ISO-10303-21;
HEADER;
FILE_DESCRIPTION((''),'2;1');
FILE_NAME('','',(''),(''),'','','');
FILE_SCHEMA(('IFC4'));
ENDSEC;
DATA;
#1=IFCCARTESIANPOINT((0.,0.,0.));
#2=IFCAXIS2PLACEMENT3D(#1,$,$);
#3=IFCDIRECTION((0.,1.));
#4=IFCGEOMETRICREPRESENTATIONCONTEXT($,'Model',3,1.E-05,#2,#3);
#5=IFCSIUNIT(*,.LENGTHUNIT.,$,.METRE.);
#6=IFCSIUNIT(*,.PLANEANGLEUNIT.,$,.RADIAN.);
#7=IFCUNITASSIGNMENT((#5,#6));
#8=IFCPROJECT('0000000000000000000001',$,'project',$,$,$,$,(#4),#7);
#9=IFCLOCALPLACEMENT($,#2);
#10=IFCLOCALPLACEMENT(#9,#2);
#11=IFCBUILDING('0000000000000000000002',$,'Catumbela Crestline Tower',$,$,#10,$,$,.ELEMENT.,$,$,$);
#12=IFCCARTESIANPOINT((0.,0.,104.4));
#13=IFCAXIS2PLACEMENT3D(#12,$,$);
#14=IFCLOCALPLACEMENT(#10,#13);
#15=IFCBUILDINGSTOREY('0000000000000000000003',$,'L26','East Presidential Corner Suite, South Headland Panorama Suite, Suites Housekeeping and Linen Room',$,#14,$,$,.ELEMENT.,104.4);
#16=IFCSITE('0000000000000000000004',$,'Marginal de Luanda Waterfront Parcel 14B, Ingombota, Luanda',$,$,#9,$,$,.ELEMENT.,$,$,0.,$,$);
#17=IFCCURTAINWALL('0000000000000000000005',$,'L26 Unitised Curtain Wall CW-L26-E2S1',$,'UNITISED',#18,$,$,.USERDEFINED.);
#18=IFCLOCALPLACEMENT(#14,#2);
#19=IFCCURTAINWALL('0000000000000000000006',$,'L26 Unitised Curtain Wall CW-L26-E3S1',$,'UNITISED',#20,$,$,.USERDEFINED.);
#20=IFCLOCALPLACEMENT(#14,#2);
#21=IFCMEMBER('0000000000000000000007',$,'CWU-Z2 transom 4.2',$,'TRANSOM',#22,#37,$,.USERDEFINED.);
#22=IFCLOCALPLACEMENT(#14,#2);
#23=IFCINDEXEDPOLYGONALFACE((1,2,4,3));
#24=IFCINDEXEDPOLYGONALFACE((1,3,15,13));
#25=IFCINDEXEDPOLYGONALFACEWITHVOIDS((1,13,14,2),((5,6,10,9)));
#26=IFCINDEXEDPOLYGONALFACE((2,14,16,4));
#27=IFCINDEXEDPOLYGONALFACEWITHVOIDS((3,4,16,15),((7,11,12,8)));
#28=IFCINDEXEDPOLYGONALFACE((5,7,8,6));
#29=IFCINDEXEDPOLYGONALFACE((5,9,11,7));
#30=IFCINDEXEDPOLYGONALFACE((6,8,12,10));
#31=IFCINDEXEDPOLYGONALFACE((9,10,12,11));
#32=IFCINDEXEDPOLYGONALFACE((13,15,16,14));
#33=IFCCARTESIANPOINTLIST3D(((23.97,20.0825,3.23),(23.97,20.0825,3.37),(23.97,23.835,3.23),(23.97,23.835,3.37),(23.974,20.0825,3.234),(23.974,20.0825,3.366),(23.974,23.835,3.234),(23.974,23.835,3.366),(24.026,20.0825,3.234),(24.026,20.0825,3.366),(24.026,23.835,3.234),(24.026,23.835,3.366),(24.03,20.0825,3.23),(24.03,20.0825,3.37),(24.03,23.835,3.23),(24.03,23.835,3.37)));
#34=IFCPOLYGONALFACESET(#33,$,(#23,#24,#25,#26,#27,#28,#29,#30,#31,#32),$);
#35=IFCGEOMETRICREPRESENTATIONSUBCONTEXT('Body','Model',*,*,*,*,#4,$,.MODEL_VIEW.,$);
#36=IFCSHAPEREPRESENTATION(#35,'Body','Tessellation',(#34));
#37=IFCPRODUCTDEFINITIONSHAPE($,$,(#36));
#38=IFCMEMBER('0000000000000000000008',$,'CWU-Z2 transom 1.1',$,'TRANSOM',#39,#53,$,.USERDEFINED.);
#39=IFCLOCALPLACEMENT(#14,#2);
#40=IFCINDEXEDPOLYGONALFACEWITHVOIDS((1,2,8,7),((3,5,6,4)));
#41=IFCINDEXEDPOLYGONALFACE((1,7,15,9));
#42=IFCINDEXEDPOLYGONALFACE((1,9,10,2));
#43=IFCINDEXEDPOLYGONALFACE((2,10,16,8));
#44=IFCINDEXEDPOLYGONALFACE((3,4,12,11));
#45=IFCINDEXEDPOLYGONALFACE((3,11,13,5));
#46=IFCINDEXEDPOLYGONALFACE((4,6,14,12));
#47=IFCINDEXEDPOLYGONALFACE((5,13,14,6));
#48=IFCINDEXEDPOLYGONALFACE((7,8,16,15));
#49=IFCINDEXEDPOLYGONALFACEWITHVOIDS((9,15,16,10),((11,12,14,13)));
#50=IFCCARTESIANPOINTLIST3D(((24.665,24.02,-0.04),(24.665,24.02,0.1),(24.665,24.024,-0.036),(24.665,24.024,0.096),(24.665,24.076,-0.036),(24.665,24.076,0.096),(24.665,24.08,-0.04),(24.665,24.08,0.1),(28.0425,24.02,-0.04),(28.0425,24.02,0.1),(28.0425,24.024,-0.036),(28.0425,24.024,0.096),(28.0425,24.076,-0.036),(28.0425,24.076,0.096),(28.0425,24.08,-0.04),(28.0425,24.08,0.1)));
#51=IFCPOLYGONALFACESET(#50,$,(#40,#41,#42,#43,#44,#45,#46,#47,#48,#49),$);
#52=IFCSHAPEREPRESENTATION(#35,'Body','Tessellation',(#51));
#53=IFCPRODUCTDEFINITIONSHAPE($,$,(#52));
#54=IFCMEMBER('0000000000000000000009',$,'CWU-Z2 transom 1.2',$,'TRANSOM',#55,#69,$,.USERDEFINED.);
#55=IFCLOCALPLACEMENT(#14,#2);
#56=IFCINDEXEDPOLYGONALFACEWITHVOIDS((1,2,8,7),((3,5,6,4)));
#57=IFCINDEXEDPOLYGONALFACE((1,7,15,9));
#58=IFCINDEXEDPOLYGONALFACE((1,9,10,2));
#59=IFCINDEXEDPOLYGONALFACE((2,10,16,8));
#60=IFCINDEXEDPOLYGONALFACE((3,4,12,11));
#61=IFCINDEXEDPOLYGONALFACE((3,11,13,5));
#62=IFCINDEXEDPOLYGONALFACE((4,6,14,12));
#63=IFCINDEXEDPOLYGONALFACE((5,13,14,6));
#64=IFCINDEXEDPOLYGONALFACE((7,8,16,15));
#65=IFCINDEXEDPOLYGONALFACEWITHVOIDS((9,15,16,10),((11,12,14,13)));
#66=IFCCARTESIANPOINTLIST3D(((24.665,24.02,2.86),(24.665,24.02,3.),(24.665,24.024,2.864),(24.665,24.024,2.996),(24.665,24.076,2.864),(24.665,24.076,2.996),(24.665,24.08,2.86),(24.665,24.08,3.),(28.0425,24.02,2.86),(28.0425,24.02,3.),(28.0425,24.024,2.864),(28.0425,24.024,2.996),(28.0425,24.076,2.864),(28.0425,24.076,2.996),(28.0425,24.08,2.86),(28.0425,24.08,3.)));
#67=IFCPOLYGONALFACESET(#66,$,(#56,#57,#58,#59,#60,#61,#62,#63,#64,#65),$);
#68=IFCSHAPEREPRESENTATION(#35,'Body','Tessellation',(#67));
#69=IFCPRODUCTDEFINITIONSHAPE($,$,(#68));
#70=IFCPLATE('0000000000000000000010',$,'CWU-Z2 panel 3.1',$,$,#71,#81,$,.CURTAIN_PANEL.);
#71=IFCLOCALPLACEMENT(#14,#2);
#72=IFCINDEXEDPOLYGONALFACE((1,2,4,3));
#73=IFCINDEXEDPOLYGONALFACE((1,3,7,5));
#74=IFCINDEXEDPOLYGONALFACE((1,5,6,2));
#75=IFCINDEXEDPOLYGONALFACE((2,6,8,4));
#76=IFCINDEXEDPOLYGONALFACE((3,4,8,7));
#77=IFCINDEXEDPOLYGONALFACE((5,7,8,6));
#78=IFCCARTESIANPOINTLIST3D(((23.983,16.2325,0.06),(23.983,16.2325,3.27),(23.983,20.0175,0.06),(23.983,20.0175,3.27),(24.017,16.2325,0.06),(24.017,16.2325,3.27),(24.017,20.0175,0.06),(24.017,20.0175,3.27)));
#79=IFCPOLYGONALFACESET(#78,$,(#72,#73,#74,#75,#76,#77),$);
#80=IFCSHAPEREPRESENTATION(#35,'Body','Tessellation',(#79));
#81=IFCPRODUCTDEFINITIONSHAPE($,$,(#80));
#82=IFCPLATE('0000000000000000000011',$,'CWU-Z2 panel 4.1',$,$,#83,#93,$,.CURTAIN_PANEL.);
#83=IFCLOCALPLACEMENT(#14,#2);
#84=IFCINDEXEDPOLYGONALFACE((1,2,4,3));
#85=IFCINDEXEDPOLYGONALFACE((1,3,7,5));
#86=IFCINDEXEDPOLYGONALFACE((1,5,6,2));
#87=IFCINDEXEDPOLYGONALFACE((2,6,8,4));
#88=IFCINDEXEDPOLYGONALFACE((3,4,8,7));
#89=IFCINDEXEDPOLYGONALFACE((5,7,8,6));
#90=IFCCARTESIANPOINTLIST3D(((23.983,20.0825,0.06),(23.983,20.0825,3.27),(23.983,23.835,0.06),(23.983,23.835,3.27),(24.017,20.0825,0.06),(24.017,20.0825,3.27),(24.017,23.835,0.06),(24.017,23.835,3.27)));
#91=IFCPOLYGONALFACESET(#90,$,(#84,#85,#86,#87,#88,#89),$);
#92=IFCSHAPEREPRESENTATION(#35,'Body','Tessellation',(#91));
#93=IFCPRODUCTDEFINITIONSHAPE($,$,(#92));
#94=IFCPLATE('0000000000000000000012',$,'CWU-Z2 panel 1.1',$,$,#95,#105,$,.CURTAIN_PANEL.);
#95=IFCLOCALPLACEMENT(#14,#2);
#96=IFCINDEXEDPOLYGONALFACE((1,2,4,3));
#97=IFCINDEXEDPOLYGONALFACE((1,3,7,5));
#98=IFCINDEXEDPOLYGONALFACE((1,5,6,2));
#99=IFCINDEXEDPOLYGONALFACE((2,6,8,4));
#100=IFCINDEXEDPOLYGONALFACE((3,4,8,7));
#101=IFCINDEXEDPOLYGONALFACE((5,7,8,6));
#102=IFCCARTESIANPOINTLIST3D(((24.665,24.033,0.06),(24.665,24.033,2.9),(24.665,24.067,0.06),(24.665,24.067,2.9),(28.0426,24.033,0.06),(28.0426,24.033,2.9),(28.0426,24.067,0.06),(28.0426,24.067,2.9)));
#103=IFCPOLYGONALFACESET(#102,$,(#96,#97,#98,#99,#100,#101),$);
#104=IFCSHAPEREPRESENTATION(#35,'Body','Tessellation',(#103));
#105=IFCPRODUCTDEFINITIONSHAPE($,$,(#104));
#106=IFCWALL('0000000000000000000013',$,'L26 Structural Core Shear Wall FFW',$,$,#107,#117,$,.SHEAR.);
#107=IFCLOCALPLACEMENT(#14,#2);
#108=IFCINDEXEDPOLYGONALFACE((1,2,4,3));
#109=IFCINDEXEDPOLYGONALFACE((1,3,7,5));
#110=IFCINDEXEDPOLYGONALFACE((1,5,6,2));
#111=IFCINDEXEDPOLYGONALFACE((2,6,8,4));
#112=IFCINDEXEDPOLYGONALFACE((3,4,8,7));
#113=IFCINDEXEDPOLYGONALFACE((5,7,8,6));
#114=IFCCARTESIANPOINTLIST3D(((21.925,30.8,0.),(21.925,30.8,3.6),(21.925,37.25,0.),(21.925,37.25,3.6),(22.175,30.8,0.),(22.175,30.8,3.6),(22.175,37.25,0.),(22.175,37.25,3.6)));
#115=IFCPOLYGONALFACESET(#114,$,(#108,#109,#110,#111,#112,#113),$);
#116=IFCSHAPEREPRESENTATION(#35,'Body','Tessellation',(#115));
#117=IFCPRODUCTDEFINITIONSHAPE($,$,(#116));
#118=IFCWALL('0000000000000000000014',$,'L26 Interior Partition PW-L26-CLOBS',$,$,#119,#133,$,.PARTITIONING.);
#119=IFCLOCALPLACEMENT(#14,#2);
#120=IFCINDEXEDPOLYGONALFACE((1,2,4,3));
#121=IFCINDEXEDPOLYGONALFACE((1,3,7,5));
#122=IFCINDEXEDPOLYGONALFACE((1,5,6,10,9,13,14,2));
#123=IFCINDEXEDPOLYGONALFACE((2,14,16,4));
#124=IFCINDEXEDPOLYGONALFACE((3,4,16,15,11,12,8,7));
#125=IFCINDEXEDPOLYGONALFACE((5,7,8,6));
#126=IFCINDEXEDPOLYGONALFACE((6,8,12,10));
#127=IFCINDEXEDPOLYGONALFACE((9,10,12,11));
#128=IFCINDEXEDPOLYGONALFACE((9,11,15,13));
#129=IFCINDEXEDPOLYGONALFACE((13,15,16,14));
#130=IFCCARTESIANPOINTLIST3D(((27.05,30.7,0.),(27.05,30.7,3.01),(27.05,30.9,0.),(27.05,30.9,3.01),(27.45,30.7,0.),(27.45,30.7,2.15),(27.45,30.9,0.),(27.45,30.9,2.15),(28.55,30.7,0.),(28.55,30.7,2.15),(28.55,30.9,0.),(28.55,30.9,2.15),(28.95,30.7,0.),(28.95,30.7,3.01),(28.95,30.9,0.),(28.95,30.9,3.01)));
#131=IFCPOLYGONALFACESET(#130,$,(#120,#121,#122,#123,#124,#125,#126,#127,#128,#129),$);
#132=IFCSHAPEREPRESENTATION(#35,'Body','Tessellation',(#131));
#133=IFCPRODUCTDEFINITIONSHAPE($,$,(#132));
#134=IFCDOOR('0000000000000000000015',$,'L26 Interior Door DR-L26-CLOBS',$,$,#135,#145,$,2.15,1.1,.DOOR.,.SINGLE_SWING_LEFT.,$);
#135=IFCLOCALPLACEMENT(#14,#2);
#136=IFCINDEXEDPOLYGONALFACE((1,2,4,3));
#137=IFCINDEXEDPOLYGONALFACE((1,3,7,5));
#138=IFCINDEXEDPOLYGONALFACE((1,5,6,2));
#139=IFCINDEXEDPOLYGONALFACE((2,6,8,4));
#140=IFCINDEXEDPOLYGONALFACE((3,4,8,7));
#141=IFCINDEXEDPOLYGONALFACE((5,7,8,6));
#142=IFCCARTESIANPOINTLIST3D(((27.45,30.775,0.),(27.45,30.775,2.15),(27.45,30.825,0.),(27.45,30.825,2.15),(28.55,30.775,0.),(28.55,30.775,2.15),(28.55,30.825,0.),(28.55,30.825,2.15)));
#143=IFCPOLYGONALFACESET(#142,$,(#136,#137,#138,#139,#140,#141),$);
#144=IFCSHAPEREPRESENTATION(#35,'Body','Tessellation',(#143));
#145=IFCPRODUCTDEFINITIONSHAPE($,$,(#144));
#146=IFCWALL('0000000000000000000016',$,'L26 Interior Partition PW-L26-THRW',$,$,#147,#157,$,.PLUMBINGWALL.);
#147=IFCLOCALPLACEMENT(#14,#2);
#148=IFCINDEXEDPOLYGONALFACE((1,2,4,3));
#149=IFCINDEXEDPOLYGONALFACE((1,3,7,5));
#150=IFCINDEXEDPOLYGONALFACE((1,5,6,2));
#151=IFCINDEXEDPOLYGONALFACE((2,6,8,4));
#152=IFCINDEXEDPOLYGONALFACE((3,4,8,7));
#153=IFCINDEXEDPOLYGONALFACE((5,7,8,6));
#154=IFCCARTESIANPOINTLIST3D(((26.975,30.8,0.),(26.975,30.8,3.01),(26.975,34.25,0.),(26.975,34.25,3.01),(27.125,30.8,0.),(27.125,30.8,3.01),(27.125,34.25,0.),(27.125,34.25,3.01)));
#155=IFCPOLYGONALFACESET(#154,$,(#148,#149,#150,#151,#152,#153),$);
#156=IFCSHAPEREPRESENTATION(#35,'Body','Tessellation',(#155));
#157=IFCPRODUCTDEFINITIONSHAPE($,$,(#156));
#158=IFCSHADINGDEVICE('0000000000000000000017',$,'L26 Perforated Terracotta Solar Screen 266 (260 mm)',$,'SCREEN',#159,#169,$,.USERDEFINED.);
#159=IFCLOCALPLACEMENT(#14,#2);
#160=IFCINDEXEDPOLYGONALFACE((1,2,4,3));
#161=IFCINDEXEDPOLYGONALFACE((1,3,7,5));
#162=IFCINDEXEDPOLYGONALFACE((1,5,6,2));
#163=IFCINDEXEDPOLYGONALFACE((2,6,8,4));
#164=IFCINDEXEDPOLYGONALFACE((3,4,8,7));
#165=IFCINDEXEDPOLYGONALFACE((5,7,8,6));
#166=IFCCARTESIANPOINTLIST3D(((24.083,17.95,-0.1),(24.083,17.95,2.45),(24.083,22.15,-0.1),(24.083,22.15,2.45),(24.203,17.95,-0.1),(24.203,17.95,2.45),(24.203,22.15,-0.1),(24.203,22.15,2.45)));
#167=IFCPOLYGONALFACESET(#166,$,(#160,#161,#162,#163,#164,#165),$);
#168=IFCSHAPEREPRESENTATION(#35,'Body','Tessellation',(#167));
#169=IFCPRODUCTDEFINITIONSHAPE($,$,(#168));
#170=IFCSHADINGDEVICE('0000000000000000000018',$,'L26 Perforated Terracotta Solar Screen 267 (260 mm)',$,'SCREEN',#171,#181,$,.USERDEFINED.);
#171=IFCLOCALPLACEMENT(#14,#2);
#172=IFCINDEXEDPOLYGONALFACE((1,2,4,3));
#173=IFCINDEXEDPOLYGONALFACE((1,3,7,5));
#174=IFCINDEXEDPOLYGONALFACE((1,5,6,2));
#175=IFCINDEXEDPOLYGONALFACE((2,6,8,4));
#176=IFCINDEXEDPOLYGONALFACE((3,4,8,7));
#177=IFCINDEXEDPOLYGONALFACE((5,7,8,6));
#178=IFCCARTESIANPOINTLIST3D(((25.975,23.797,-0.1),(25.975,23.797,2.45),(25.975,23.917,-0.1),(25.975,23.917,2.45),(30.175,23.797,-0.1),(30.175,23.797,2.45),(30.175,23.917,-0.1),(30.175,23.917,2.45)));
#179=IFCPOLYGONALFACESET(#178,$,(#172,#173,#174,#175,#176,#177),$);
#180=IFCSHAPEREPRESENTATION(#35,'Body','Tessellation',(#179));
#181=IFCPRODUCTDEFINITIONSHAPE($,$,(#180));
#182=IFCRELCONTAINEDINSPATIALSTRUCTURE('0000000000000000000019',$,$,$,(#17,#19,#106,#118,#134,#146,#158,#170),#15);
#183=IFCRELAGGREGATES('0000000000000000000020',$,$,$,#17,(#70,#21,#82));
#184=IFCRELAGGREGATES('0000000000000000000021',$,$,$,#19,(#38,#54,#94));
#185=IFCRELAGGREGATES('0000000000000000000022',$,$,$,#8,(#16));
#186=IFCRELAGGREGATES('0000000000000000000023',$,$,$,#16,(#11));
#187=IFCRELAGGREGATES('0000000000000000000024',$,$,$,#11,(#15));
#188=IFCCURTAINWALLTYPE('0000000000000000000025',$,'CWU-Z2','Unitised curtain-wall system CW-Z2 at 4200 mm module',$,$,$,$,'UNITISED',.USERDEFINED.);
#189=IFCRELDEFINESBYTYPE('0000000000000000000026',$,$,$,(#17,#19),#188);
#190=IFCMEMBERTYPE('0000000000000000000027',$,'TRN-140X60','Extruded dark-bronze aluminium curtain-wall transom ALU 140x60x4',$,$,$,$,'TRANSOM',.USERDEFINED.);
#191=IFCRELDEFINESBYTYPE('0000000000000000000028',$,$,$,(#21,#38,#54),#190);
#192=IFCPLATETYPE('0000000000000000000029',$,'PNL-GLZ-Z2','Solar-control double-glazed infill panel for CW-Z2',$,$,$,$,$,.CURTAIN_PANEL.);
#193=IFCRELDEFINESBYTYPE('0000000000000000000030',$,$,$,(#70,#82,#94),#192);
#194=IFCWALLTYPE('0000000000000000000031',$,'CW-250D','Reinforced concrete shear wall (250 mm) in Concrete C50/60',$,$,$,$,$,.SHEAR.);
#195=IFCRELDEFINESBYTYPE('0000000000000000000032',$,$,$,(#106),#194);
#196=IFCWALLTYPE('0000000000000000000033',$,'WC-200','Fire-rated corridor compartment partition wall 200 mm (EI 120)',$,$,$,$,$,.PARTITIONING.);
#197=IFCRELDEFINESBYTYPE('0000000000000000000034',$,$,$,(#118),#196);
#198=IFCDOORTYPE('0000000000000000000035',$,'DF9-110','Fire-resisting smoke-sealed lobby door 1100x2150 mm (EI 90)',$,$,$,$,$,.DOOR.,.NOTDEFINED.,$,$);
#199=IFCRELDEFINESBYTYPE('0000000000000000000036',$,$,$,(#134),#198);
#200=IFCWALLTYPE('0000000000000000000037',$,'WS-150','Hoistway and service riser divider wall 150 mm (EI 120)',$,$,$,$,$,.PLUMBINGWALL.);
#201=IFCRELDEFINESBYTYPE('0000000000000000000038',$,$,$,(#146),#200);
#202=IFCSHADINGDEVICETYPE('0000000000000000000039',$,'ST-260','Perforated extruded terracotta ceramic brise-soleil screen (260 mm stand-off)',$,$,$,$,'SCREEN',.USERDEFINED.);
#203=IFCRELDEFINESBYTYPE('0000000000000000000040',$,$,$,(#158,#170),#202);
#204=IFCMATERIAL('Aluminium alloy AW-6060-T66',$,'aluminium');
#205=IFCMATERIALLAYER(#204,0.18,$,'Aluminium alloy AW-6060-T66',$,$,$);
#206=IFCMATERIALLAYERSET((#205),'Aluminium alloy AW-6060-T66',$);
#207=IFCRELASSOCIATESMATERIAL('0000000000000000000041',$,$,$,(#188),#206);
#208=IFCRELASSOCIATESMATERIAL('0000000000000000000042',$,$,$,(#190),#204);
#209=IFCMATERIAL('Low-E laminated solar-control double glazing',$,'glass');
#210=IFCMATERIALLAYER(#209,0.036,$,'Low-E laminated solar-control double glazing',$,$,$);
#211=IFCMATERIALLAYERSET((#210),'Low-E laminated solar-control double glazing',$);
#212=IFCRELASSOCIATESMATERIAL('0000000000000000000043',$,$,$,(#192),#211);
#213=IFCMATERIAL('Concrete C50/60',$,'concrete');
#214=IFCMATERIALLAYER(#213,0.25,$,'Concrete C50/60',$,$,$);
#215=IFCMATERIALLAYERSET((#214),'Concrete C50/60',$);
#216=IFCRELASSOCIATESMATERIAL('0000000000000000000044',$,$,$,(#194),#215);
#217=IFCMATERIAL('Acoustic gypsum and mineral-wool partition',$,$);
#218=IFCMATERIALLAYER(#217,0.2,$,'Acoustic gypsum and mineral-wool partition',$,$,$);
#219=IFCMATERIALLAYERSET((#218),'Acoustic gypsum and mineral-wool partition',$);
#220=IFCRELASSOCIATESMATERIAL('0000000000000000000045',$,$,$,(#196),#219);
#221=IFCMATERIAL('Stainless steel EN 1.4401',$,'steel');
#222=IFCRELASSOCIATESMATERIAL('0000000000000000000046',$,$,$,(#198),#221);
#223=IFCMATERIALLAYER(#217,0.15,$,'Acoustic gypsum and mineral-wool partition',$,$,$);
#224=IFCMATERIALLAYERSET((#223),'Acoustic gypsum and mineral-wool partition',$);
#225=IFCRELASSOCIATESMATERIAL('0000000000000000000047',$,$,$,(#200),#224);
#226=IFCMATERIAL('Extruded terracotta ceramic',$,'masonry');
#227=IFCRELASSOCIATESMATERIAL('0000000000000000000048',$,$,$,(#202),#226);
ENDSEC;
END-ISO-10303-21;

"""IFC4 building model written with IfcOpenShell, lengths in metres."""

from ifc_helpers import new_model, si_unit, direction, frame, frame_2d, origin, origin_2d, place, context, subcontext, project, spatial, rectangle, hollow_rectangle, extrude, material, layer, layer_set, material_profile, profile_set, type_object, element, fill, aggregate, save


model = new_model("IFC4")

# Units and contexts
model_context = context("Model", 3, precision=1e-05, world=origin(), true_north=direction((0.0, 1.0)))
body_context = subcontext(model_context, "Body", "Model", "MODEL_VIEW")
ifc_project = project(units=[si_unit("LENGTHUNIT", "METRE"), si_unit("PLANEANGLEUNIT", "RADIAN")], contexts=[model_context])

# Site, building, storey
site_placement = place(None, origin())
site = spatial("IfcSite", under=ifc_project, at=site_placement, Name="Marginal de Luanda Waterfront Parcel 14B, Ingombota, Luanda", CompositionType="ELEMENT", RefElevation=0.0)
building_placement = place(site_placement, origin())
building = spatial("IfcBuilding", under=site, at=building_placement, Name="Catumbela Crestline Tower", CompositionType="ELEMENT")
storey_placement = place(building_placement, frame((0.0, 0.0, 104.4)))
storey = spatial("IfcBuildingStorey", under=building, at=storey_placement, Name="L26", Description="East Presidential Corner Suite, South Headland Panorama Suite, Suites Housekeeping and Linen Room", CompositionType="ELEMENT", Elevation=104.4)

# Shared definitions
ifc_material_1 = material(Name="Concrete C50/60", Category="concrete")

# Curtain walls
ifc_material_2 = material(Name="Aluminium alloy AW-6060-T66", Category="aluminium")
ifc_layer_1 = layer(ifc_material_2, 0.18, Name="Aluminium alloy AW-6060-T66")
ifc_layer_set_1 = layer_set([ifc_layer_1], Name="Aluminium alloy AW-6060-T66")
curtain_wall_type = type_object("IfcCurtainWallType", Name="CWU-Z2", Description="Unitised curtain-wall system CW-Z2 at 4200 mm module", ElementType="UNITISED", PredefinedType="USERDEFINED", material=ifc_layer_set_1)
curtain_wall_1_placement = place(storey_placement, origin())
curtain_wall_1 = element("IfcCurtainWall", 1, at=curtain_wall_1_placement, inside=storey, type_object=curtain_wall_type, Name="L26 Unitised Curtain Wall CW-L26-E2S1", ObjectType="UNITISED", PredefinedType="USERDEFINED")
curtain_wall_2_placement = place(storey_placement, origin())
curtain_wall_2 = element("IfcCurtainWall", 2, at=curtain_wall_2_placement, inside=storey, type_object=curtain_wall_type, Name="L26 Unitised Curtain Wall CW-L26-E3S1", ObjectType="UNITISED", PredefinedType="USERDEFINED")

# Members
ifc_material_profile_1 = material_profile(ifc_material_2, hollow_rectangle(XDim=0.06, YDim=0.14, WallThickness=0.004, at=origin_2d()), Name="ALU 140x60x4")
ifc_profile_set_1 = profile_set([ifc_material_profile_1], Name="Aluminium alloy AW-6060-T66")
member_type_1 = type_object("IfcMemberType", Name="TRN-140X60", Description="Extruded dark-bronze aluminium curtain-wall transom ALU 140x60x4", ElementType="TRANSOM", PredefinedType="USERDEFINED", material=ifc_profile_set_1)
member_1_placement = place(storey_placement, frame((24.0, 20.0825, 3.3), z_axis=(0.0, 1.0, 0.0), x_axis=(-1.0, 0.0, 0.0)))
member_1 = element("IfcMember", 3, at=member_1_placement, type_object=member_type_1, Name="CWU-Z2 transom 4.2", ObjectType="TRANSOM", PredefinedType="USERDEFINED", context=body_context, shape_type="SweptSolid", body=[
    extrude(hollow_rectangle(XDim=0.06, YDim=0.14, WallThickness=0.004, at=origin_2d()), origin(), (0.0, 0.0, 1.0), 3.7525),
])
member_2_placement = place(storey_placement, frame((24.665, 24.05, 0.03), z_axis=(1.0, 0.0, 0.0), x_axis=(0.0, 1.0, 0.0)))
member_2 = element("IfcMember", 4, at=member_2_placement, type_object=member_type_1, Name="CWU-Z2 transom 1.1", ObjectType="TRANSOM", PredefinedType="USERDEFINED", context=body_context, shape_type="SweptSolid", body=[
    extrude(hollow_rectangle(XDim=0.06, YDim=0.14, WallThickness=0.004, at=origin_2d()), origin(), (0.0, 0.0, 1.0), 3.3775),
])
member_3_placement = place(storey_placement, frame((24.665, 24.05, 2.93), z_axis=(1.0, 0.0, 0.0), x_axis=(0.0, 1.0, 0.0)))
member_3 = element("IfcMember", 5, at=member_3_placement, type_object=member_type_1, Name="CWU-Z2 transom 1.2", ObjectType="TRANSOM", PredefinedType="USERDEFINED", context=body_context, shape_type="SweptSolid", body=[
    extrude(hollow_rectangle(XDim=0.06, YDim=0.14, WallThickness=0.004, at=origin_2d()), origin(), (0.0, 0.0, 1.0), 3.3775),
])

# Plates
ifc_material_3 = material(Name="Low-E laminated solar-control double glazing", Category="glass")
ifc_layer_2 = layer(ifc_material_3, 0.036, Name="Low-E laminated solar-control double glazing")
ifc_layer_set_2 = layer_set([ifc_layer_2], Name="Low-E laminated solar-control double glazing")
plate_type = type_object("IfcPlateType", Name="PNL-GLZ-Z2", Description="Solar-control double-glazed infill panel for CW-Z2", PredefinedType="CURTAIN_PANEL", material=ifc_layer_set_2)
plate_1_placement = place(storey_placement, frame((24.0, 18.125, 0.06), z_axis=(0.0, 0.0, 1.0), x_axis=(0.0, 1.0, 0.0)))
plate_1 = element("IfcPlate", 6, at=plate_1_placement, type_object=plate_type, Name="CWU-Z2 panel 3.1", PredefinedType="CURTAIN_PANEL", context=body_context, shape_type="SweptSolid", body=[
    extrude(rectangle(XDim=3.785, YDim=0.034, at=origin_2d()), origin(), (0.0, 0.0, 1.0), 3.21),
])
plate_2_placement = place(storey_placement, frame((24.0, 21.9587, 0.06), z_axis=(0.0, 0.0, 1.0), x_axis=(0.0, 1.0, 0.0)))
plate_2 = element("IfcPlate", 7, at=plate_2_placement, type_object=plate_type, Name="CWU-Z2 panel 4.1", PredefinedType="CURTAIN_PANEL", context=body_context, shape_type="SweptSolid", body=[
    extrude(rectangle(XDim=3.7525, YDim=0.034, at=origin_2d()), origin(), (0.0, 0.0, 1.0), 3.21),
])
aggregate(curtain_wall_1, [plate_1, member_1, plate_2])
plate_3_placement = place(storey_placement, frame((26.3538, 24.05, 0.06), z_axis=(0.0, 0.0, 1.0), x_axis=(1.0, 0.0, 0.0)))
plate_3 = element("IfcPlate", 8, at=plate_3_placement, type_object=plate_type, Name="CWU-Z2 panel 1.1", PredefinedType="CURTAIN_PANEL", context=body_context, shape_type="SweptSolid", body=[
    extrude(rectangle(XDim=3.3775, YDim=0.034, at=origin_2d()), origin(), (0.0, 0.0, 1.0), 2.84),
])
aggregate(curtain_wall_2, [member_2, member_3, plate_3])

# Wall
ifc_layer_3 = layer(ifc_material_1, 0.25, Name="Concrete C50/60")
ifc_layer_set_3 = layer_set([ifc_layer_3], Name="Concrete C50/60")
wall_type_1 = type_object("IfcWallType", Name="CW-250D", Description="Reinforced concrete shear wall (250 mm) in Concrete C50/60", PredefinedType="SHEAR", material=ifc_layer_set_3)
wall_1_placement = place(storey_placement, frame((22.05, 30.8, 0.0), z_axis=(0.0, 0.0, 1.0), x_axis=(0.0, 1.0, 0.0)))
element("IfcWall", 9, at=wall_1_placement, inside=storey, type_object=wall_type_1, Name="L26 Structural Core Shear Wall FFW", PredefinedType="SHEAR", context=body_context, shape_type="SweptSolid", body=[
    extrude(rectangle(XDim=6.45, YDim=0.25, at=frame_2d((3.225, 0.0))), origin(), (0.0, 0.0, 1.0), 3.6),
])

# Wall, opening, door
ifc_material_4 = material(Name="Acoustic gypsum and mineral-wool partition")
ifc_layer_4 = layer(ifc_material_4, 0.2, Name="Acoustic gypsum and mineral-wool partition")
ifc_layer_set_4 = layer_set([ifc_layer_4], Name="Acoustic gypsum and mineral-wool partition")
wall_type_2 = type_object("IfcWallType", Name="WC-200", Description="Fire-rated corridor compartment partition wall 200 mm (EI 120)", PredefinedType="PARTITIONING", material=ifc_layer_set_4)
wall_2_placement = place(storey_placement, frame((27.05, 30.8, 0.0), z_axis=(0.0, 0.0, 1.0), x_axis=(1.0, 0.0, 0.0)))
wall_2 = element("IfcWall", 10, at=wall_2_placement, inside=storey, type_object=wall_type_2, Name="L26 Interior Partition PW-L26-CLOBS", PredefinedType="PARTITIONING", context=body_context, shape_type="SweptSolid", body=[
    extrude(rectangle(XDim=1.9, YDim=0.2, at=frame_2d((0.95, 0.0))), origin(), (0.0, 0.0, 1.0), 3.01),
])
opening_placement = place(wall_2_placement, frame((0.4, 0.0, 0.0)))
opening = element("IfcOpeningElement", 11, at=opening_placement, cuts=wall_2, PredefinedType="OPENING", context=body_context, shape_type="SweptSolid", body=[
    extrude(rectangle(XDim=1.1, YDim=2.15, at=frame_2d((0.55, 1.075))), frame((0.0, 0.11, 0.0), z_axis=(0.0, -1.0, 0.0), x_axis=(1.0, 0.0, 0.0)), (0.0, 0.0, 1.0), 0.22),
])
ifc_material_5 = material(Name="Stainless steel EN 1.4401", Category="steel")
door_type = type_object("IfcDoorType", Name="DF9-110", Description="Fire-resisting smoke-sealed lobby door 1100x2150 mm (EI 90)", OperationType="NOTDEFINED", PredefinedType="DOOR", material=ifc_material_5)
door_placement = place(opening_placement, origin())
door = element("IfcDoor", 12, at=door_placement, inside=storey, type_object=door_type, Name="L26 Interior Door DR-L26-CLOBS", OperationType="SINGLE_SWING_LEFT", OverallHeight=2.15, OverallWidth=1.1, PredefinedType="DOOR", context=body_context, shape_type="SweptSolid", body=[
    extrude(rectangle(XDim=1.1, YDim=2.15, at=frame_2d((0.55, 1.075))), frame((0.0, 0.025, 0.0), z_axis=(0.0, -1.0, 0.0), x_axis=(1.0, 0.0, 0.0)), (0.0, 0.0, 1.0), 0.05),
])
fill(opening, door)

# Wall
ifc_layer_5 = layer(ifc_material_4, 0.15, Name="Acoustic gypsum and mineral-wool partition")
ifc_layer_set_5 = layer_set([ifc_layer_5], Name="Acoustic gypsum and mineral-wool partition")
wall_type_3 = type_object("IfcWallType", Name="WS-150", Description="Hoistway and service riser divider wall 150 mm (EI 120)", PredefinedType="PLUMBINGWALL", material=ifc_layer_set_5)
wall_3_placement = place(storey_placement, frame((27.05, 30.8, 0.0), z_axis=(0.0, 0.0, 1.0), x_axis=(0.0, 1.0, 0.0)))
element("IfcWall", 13, at=wall_3_placement, inside=storey, type_object=wall_type_3, Name="L26 Interior Partition PW-L26-THRW", PredefinedType="PLUMBINGWALL", context=body_context, shape_type="SweptSolid", body=[
    extrude(rectangle(XDim=3.45, YDim=0.15, at=frame_2d((1.725, 0.0))), origin(), (0.0, 0.0, 1.0), 3.01),
])

# Shading devices
ifc_material_6 = material(Name="Extruded terracotta ceramic", Category="masonry")
shading_device_type = type_object("IfcShadingDeviceType", Name="ST-260", Description="Perforated extruded terracotta ceramic brise-soleil screen (260 mm stand-off)", ElementType="SCREEN", PredefinedType="USERDEFINED", material=ifc_material_6)
for number, where, z_axis, x_axis, name in (
    (14, (24.143, 20.05, -0.1), (0.0, 0.0, 1.0), (0.0, 1.0, 0.0), "L26 Perforated Terracotta Solar Screen 266 (260 mm)"),
    (15, (28.075, 23.857, -0.1), (0.0, 0.0, 1.0), (1.0, 0.0, 0.0), "L26 Perforated Terracotta Solar Screen 267 (260 mm)"),
):
    element("IfcShadingDevice", number, at=place(storey_placement, frame(where, z_axis=z_axis, x_axis=x_axis)), inside=storey, type_object=shading_device_type, Name=name, ObjectType="SCREEN", PredefinedType="USERDEFINED", context=body_context, shape_type="SweptSolid", body=[
        extrude(rectangle(XDim=4.2, YDim=0.12, at=origin_2d()), origin(), (0.0, 0.0, 1.0), 2.55),
    ])

save(model, "model.ifc")
